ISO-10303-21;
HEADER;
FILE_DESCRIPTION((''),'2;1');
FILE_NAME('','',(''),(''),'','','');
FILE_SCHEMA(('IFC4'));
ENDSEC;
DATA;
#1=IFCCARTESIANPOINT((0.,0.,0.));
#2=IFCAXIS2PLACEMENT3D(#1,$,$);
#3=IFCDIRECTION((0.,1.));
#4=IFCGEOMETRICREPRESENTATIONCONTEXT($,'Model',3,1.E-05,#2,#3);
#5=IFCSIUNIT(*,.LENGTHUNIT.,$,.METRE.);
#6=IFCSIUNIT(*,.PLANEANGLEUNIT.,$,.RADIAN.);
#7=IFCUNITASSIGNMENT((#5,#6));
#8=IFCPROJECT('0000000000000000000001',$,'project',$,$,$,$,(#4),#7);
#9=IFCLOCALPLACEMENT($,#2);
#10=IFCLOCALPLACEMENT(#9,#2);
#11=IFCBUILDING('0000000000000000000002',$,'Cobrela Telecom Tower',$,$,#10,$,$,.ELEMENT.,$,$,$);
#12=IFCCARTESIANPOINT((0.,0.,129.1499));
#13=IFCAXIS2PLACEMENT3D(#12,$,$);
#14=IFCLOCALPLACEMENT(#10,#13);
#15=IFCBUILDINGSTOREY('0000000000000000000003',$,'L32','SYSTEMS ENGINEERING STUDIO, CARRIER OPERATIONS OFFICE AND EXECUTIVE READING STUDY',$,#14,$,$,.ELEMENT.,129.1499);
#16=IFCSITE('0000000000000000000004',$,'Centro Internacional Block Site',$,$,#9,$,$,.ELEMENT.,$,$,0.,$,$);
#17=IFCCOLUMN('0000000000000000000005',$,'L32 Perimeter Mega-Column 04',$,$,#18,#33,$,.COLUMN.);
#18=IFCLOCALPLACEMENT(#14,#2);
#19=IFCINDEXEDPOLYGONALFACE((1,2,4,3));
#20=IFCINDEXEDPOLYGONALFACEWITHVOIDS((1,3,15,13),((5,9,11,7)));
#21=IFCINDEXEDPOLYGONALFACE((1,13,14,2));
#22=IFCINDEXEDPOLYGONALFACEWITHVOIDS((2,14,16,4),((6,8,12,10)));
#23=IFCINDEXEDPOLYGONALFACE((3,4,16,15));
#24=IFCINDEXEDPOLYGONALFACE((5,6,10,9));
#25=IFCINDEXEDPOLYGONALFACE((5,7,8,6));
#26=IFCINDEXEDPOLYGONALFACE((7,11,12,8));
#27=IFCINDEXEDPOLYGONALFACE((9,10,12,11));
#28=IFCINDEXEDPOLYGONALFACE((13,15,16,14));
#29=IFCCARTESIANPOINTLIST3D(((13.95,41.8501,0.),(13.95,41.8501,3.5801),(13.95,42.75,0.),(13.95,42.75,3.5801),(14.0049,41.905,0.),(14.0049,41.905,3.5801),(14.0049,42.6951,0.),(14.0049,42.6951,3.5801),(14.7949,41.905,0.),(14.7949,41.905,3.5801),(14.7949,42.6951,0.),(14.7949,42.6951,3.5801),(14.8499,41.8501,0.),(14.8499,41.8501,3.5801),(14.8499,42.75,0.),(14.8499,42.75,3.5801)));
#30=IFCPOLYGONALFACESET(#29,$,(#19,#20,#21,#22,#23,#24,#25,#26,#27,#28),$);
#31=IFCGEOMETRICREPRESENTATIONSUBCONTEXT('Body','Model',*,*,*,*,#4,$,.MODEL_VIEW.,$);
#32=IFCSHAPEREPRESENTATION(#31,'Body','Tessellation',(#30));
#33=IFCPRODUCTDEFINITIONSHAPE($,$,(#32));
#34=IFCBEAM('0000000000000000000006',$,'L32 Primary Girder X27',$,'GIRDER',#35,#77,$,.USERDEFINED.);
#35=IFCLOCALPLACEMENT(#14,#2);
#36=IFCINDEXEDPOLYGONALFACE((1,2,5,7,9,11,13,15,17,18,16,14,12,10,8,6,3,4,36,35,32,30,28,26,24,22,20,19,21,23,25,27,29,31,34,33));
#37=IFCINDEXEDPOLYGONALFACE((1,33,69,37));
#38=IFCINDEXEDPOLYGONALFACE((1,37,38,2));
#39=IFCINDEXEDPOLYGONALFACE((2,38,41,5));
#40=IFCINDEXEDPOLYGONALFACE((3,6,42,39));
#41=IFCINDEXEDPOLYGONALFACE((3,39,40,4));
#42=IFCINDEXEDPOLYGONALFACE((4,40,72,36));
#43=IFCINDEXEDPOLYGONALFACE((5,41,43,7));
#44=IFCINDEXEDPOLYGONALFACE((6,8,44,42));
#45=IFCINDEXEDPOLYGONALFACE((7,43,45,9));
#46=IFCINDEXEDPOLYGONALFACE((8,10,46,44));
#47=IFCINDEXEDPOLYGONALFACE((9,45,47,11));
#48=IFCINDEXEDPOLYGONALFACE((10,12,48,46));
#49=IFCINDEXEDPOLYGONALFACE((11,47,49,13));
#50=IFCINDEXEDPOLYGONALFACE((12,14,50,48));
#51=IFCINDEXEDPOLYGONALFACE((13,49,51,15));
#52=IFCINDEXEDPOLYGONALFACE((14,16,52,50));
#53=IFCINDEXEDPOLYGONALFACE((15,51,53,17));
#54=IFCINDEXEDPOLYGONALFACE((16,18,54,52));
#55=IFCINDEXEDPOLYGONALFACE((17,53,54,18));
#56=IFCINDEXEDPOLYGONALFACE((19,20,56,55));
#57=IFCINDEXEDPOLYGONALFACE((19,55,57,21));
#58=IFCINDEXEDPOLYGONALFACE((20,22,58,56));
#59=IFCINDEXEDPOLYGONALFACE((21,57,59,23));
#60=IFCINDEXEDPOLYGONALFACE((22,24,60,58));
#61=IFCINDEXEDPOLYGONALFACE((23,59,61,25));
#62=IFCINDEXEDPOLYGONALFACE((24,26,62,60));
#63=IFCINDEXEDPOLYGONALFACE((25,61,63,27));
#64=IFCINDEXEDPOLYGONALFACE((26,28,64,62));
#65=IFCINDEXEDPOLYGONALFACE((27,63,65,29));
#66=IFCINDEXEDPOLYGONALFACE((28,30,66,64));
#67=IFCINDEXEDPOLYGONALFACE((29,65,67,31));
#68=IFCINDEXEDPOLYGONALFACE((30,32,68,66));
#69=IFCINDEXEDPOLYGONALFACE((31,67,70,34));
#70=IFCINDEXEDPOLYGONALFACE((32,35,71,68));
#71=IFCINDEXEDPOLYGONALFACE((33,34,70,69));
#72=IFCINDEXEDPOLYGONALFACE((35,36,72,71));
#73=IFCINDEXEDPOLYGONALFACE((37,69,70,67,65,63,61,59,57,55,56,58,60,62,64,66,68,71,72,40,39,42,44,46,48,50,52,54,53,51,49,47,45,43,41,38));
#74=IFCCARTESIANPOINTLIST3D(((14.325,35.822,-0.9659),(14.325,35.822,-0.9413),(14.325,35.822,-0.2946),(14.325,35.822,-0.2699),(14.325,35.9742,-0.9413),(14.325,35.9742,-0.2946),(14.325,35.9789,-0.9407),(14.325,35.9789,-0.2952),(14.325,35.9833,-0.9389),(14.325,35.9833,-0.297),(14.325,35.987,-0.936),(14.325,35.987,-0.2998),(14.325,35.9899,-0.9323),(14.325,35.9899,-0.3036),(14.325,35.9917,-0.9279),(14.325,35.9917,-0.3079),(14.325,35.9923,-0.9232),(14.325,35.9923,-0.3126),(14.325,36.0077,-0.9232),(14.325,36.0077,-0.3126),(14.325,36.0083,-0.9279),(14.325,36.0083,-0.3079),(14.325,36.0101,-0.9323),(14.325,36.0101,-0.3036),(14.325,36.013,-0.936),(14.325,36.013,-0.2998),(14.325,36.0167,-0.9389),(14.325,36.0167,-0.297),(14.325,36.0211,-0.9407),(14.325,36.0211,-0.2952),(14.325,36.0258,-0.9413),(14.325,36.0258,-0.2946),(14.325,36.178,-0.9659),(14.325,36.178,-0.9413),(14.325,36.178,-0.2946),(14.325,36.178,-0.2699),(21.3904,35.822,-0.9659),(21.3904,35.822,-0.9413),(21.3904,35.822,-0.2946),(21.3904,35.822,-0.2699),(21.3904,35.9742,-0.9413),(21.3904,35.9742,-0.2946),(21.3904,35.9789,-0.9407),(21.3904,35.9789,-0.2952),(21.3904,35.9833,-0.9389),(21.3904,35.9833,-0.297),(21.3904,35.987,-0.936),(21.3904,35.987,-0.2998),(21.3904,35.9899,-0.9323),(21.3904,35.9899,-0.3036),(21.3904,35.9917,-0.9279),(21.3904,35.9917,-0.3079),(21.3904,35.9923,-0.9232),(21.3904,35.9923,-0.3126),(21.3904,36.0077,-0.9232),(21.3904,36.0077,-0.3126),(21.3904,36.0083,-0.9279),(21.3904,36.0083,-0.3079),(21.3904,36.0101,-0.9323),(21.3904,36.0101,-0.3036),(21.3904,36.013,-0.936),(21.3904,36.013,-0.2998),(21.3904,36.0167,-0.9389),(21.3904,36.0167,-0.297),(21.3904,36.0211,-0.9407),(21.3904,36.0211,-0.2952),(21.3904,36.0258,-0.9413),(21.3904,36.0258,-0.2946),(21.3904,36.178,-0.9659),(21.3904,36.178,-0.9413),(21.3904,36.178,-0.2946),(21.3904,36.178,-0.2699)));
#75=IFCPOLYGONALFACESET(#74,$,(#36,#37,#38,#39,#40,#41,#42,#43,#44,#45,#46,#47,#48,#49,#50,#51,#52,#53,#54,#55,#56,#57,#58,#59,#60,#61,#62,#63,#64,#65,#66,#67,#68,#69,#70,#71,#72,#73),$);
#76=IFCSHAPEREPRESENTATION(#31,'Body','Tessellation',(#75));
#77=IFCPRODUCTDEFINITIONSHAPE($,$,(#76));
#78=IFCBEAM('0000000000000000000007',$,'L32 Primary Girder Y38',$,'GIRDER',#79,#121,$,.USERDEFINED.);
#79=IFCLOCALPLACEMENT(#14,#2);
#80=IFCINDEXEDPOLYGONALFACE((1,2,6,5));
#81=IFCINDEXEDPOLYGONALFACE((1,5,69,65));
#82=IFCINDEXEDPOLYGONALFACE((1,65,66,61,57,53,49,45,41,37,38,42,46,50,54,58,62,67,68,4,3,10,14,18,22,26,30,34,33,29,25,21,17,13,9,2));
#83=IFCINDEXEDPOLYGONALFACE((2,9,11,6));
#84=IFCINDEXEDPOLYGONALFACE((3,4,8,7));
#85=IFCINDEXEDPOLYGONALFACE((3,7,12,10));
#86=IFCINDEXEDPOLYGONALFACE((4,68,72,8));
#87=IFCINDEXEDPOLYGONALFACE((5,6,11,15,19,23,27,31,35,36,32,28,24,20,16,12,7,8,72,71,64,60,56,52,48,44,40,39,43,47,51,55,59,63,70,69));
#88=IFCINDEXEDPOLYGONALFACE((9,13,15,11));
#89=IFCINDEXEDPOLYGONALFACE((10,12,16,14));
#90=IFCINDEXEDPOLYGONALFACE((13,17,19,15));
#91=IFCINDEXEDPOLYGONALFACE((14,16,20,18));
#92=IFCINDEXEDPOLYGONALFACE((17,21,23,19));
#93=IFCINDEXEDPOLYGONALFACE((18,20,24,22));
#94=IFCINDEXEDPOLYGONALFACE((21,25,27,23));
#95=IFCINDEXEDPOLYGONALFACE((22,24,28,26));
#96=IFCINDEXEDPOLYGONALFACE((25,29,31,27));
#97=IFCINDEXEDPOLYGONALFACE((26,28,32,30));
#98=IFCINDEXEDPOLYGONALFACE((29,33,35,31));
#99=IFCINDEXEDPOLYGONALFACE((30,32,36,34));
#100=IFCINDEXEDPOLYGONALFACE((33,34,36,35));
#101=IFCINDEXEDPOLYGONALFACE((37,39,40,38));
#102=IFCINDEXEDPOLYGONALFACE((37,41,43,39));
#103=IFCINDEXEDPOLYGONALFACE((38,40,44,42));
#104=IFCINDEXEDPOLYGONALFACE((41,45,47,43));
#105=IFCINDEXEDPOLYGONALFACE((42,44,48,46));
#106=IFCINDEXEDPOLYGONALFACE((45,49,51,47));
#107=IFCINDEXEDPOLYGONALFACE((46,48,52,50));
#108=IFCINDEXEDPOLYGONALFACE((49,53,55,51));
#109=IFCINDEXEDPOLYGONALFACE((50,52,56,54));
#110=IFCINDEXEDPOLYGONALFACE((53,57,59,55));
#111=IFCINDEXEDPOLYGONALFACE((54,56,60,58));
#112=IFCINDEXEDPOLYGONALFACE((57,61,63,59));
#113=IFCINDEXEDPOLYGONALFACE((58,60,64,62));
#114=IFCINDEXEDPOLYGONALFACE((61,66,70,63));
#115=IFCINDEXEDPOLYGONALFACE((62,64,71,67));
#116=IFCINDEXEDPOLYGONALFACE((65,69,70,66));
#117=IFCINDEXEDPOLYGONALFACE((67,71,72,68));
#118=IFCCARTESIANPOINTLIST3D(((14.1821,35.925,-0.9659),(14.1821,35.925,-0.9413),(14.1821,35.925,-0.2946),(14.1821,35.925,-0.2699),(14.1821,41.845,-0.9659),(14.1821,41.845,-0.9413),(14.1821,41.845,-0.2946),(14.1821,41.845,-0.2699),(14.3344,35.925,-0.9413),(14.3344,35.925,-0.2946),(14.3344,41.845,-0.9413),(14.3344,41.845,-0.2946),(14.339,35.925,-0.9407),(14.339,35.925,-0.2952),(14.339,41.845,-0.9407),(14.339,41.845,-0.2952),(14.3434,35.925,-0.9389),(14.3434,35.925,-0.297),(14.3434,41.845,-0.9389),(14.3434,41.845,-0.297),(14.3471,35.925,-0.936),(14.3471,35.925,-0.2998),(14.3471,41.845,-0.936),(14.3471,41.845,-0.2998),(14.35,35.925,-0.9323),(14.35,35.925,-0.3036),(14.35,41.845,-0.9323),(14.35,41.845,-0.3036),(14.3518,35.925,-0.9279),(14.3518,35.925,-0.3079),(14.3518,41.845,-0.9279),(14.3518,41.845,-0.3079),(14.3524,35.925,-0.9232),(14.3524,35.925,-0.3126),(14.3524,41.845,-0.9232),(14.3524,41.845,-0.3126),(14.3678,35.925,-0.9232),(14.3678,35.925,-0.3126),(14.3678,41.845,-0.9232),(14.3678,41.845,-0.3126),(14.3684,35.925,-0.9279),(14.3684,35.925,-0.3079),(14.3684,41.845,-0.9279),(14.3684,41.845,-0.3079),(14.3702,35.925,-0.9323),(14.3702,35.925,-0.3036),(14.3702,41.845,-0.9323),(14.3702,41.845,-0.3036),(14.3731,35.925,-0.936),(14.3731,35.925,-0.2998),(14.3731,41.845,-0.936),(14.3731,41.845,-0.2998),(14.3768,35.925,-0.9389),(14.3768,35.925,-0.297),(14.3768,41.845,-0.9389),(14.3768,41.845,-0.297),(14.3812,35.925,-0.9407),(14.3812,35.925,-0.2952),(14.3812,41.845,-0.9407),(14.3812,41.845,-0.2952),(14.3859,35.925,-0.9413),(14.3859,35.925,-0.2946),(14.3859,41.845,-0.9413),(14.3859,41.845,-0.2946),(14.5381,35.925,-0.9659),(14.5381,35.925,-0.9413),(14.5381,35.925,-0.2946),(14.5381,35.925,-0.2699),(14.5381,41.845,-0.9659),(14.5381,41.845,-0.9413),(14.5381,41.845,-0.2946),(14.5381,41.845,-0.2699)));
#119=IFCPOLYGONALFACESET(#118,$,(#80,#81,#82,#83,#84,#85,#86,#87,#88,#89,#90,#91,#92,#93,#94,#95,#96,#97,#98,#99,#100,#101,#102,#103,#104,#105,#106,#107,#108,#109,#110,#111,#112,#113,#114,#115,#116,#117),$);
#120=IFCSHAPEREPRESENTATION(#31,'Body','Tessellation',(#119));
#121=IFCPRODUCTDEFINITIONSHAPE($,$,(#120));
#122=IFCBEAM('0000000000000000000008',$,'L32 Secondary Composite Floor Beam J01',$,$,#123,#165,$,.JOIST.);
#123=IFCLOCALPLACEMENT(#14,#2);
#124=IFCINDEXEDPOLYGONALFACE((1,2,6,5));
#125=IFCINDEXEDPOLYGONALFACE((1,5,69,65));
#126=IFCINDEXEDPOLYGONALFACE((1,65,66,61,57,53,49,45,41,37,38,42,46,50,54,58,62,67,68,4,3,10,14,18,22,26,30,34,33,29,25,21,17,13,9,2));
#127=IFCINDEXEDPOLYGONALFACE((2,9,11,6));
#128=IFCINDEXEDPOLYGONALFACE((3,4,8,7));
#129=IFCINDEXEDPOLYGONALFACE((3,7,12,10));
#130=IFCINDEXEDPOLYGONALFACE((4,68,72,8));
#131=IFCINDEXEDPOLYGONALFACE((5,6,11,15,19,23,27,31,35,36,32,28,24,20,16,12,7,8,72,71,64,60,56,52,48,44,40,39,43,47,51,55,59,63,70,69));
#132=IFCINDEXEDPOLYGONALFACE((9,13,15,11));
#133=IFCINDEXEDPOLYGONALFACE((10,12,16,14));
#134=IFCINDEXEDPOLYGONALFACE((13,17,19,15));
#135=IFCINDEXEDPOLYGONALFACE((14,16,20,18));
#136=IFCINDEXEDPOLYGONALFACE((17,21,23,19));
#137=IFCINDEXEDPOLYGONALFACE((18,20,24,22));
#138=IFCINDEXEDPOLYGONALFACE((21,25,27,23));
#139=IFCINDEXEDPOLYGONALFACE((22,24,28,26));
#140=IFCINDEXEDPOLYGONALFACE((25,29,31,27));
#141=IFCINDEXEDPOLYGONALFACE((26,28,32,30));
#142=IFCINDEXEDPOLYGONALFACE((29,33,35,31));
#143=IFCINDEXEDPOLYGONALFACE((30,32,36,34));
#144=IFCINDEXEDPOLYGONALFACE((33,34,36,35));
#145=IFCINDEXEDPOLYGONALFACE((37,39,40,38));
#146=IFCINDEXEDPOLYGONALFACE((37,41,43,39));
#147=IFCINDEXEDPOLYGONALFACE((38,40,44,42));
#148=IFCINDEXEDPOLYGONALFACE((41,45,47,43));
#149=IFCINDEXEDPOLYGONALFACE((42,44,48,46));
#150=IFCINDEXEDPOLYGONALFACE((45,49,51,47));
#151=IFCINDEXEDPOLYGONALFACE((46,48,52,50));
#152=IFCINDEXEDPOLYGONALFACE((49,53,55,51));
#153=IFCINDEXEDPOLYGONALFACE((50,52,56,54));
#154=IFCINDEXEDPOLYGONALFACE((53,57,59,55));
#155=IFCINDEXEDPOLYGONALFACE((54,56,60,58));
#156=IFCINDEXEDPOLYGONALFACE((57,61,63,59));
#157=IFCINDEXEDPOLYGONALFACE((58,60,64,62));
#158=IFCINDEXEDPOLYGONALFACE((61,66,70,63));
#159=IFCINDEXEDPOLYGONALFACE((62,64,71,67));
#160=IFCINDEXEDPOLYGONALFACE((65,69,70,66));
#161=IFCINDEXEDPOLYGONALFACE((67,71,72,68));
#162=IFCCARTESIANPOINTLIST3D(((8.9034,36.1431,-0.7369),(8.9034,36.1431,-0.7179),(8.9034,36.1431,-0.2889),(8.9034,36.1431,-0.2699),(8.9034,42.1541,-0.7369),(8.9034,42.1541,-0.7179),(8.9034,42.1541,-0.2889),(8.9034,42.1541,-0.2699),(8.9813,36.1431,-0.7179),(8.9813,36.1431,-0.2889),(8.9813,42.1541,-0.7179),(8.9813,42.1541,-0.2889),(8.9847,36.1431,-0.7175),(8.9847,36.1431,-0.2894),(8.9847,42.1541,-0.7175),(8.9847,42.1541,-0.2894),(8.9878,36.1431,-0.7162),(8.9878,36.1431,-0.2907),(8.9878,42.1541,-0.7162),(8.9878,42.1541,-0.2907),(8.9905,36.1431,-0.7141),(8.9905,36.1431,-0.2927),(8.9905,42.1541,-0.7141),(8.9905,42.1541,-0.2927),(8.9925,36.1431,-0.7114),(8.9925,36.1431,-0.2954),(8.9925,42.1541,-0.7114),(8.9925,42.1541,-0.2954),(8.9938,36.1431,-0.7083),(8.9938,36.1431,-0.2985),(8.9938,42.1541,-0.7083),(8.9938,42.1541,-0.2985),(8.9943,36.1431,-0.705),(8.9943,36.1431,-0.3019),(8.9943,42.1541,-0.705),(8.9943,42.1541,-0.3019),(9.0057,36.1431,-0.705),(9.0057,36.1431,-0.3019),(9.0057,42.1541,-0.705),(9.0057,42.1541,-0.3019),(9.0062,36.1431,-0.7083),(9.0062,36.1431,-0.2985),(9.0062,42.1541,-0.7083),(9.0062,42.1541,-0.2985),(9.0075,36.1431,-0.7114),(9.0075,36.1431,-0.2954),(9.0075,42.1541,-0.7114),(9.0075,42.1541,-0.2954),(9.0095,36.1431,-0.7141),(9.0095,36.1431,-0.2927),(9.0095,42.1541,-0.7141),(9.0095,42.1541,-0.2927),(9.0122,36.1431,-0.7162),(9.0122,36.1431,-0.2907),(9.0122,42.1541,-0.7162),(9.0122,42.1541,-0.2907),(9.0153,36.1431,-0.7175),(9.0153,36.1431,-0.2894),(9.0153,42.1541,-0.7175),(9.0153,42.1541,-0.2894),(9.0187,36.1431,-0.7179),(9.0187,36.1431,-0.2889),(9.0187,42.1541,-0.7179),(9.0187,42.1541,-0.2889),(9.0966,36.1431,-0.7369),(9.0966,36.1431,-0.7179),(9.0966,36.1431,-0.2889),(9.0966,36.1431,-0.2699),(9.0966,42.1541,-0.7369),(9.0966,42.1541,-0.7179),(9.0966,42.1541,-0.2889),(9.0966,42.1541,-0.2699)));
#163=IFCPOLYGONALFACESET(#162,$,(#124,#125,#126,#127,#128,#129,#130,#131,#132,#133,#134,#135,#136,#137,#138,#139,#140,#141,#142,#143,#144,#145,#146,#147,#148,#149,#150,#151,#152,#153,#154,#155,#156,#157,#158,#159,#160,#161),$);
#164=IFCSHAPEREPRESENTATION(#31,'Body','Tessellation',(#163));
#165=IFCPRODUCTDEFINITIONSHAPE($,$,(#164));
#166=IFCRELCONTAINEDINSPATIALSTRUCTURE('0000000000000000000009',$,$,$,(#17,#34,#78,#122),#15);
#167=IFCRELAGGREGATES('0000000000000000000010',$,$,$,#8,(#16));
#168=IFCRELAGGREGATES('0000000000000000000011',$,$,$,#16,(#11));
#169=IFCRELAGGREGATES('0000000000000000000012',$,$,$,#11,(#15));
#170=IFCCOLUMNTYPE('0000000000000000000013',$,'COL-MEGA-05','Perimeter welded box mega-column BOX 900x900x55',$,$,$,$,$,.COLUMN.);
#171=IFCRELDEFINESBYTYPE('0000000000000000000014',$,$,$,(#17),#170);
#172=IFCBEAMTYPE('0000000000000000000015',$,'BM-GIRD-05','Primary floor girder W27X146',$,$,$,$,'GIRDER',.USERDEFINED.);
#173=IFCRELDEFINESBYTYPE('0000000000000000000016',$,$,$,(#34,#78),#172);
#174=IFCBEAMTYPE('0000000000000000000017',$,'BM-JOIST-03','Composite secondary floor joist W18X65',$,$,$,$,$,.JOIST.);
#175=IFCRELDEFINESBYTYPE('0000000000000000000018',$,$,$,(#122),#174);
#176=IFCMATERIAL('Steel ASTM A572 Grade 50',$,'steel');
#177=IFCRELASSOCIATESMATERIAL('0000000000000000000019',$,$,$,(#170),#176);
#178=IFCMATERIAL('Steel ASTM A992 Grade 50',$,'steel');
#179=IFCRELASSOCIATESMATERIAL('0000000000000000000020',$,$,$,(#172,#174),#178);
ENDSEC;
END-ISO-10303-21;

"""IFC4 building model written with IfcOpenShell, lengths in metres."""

from ifc_helpers import new_model, si_unit, direction, frame, origin, origin_2d, place, context, subcontext, project, spatial, hollow_rectangle, i_section, extrude, material, material_profile, profile_set, type_object, element, save


model = new_model("IFC4")

# Units and contexts
model_context = context("Model", 3, precision=1e-05, world=origin(), true_north=direction((0.0, 1.0)))
body_context = subcontext(model_context, "Body", "Model", "MODEL_VIEW")
ifc_project = project(units=[si_unit("LENGTHUNIT", "METRE"), si_unit("PLANEANGLEUNIT", "RADIAN")], contexts=[model_context])

# Site, building, storey
site_placement = place(None, origin())
site = spatial("IfcSite", under=ifc_project, at=site_placement, Name="Centro Internacional Block Site", CompositionType="ELEMENT", RefElevation=0.0)
building_placement = place(site_placement, origin())
building = spatial("IfcBuilding", under=site, at=building_placement, Name="Cobrela Telecom Tower", CompositionType="ELEMENT")
storey_placement = place(building_placement, frame((0.0, 0.0, 129.1499)))
storey = spatial("IfcBuildingStorey", under=building, at=storey_placement, Name="L32", Description="SYSTEMS ENGINEERING STUDIO, CARRIER OPERATIONS OFFICE AND EXECUTIVE READING STUDY", CompositionType="ELEMENT", Elevation=129.1499)

# Column
ifc_material_1 = material(Name="Steel ASTM A572 Grade 50", Category="steel")
ifc_material_profile_1 = material_profile(ifc_material_1, hollow_rectangle(XDim=0.8999, YDim=0.8999, WallThickness=0.0549, at=origin_2d()), Name="BOX 900x900x55")
ifc_profile_set_1 = profile_set([ifc_material_profile_1], Name="Steel ASTM A572 Grade 50")
column_type = type_object("IfcColumnType", Name="COL-MEGA-05", Description="Perimeter welded box mega-column BOX 900x900x55", PredefinedType="COLUMN", material=ifc_profile_set_1)
column_placement = place(storey_placement, frame((14.3999, 42.3, 0.0), z_axis=(0.0, 0.0, 1.0), x_axis=(1.0, 0.0, 0.0)))
element("IfcColumn", 1, at=column_placement, inside=storey, type_object=column_type, Name="L32 Perimeter Mega-Column 04", PredefinedType="COLUMN", context=body_context, shape_type="SweptSolid", body=[
    extrude(hollow_rectangle(XDim=0.8999, YDim=0.8999, WallThickness=0.0549, at=origin_2d()), origin(), (0.0, 0.0, 1.0), 3.5801),
])

# Beams
ifc_material_2 = material(Name="Steel ASTM A992 Grade 50", Category="steel")
ifc_material_profile_2 = material_profile(ifc_material_2, i_section(OverallWidth=0.356, OverallDepth=0.696, WebThickness=0.0154, FlangeThickness=0.0247, FilletRadius=0.0181, at=origin_2d()), Name="W27X146")
ifc_profile_set_2 = profile_set([ifc_material_profile_2], Name="Steel ASTM A992 Grade 50")
beam_type_1 = type_object("IfcBeamType", Name="BM-GIRD-05", Description="Primary floor girder W27X146", ElementType="GIRDER", PredefinedType="USERDEFINED", material=ifc_profile_set_2)
beam_1_placement = place(storey_placement, frame((14.325, 36.0, -0.6179), z_axis=(1.0, 0.0, 0.0), x_axis=(0.0, 1.0, 0.0)))
element("IfcBeam", 2, at=beam_1_placement, inside=storey, type_object=beam_type_1, Name="L32 Primary Girder X27", ObjectType="GIRDER", PredefinedType="USERDEFINED", context=body_context, shape_type="SweptSolid", body=[
    extrude(i_section(OverallWidth=0.356, OverallDepth=0.696, WebThickness=0.0154, FlangeThickness=0.0247, FilletRadius=0.0181, at=origin_2d()), origin(), (0.0, 0.0, 1.0), 7.0654),
])
beam_2_placement = place(storey_placement, frame((14.3601, 35.925, -0.6179), z_axis=(0.0, 1.0, 0.0), x_axis=(-1.0, 0.0, 0.0)))
element("IfcBeam", 3, at=beam_2_placement, inside=storey, type_object=beam_type_1, Name="L32 Primary Girder Y38", ObjectType="GIRDER", PredefinedType="USERDEFINED", context=body_context, shape_type="SweptSolid", body=[
    extrude(i_section(OverallWidth=0.356, OverallDepth=0.696, WebThickness=0.0154, FlangeThickness=0.0247, FilletRadius=0.0181, at=origin_2d()), origin(), (0.0, 0.0, 1.0), 5.9199),
])
ifc_material_profile_3 = material_profile(ifc_material_2, i_section(OverallWidth=0.1931, OverallDepth=0.467, WebThickness=0.0115, FlangeThickness=0.019, FilletRadius=0.0129, at=origin_2d()), Name="W18X65")
ifc_profile_set_3 = profile_set([ifc_material_profile_3], Name="Steel ASTM A992 Grade 50")
beam_type_2 = type_object("IfcBeamType", Name="BM-JOIST-03", Description="Composite secondary floor joist W18X65", PredefinedType="JOIST", material=ifc_profile_set_3)
for number, where, z_axis, x_axis, name in (
    (4, (9.0, 36.1431, -0.5034), (0.0, 1.0, 0.0), (-1.0, 0.0, 0.0), "L32 Secondary Composite Floor Beam J01"),
):
    element("IfcBeam", number, at=place(storey_placement, frame(where, z_axis=z_axis, x_axis=x_axis)), inside=storey, type_object=beam_type_2, Name=name, PredefinedType="JOIST", context=body_context, shape_type="SweptSolid", body=[
        extrude(i_section(OverallWidth=0.1931, OverallDepth=0.467, WebThickness=0.0115, FlangeThickness=0.019, FilletRadius=0.0129, at=origin_2d()), origin(), (0.0, 0.0, 1.0), 6.011),
    ])

save(model, "model.ifc")
